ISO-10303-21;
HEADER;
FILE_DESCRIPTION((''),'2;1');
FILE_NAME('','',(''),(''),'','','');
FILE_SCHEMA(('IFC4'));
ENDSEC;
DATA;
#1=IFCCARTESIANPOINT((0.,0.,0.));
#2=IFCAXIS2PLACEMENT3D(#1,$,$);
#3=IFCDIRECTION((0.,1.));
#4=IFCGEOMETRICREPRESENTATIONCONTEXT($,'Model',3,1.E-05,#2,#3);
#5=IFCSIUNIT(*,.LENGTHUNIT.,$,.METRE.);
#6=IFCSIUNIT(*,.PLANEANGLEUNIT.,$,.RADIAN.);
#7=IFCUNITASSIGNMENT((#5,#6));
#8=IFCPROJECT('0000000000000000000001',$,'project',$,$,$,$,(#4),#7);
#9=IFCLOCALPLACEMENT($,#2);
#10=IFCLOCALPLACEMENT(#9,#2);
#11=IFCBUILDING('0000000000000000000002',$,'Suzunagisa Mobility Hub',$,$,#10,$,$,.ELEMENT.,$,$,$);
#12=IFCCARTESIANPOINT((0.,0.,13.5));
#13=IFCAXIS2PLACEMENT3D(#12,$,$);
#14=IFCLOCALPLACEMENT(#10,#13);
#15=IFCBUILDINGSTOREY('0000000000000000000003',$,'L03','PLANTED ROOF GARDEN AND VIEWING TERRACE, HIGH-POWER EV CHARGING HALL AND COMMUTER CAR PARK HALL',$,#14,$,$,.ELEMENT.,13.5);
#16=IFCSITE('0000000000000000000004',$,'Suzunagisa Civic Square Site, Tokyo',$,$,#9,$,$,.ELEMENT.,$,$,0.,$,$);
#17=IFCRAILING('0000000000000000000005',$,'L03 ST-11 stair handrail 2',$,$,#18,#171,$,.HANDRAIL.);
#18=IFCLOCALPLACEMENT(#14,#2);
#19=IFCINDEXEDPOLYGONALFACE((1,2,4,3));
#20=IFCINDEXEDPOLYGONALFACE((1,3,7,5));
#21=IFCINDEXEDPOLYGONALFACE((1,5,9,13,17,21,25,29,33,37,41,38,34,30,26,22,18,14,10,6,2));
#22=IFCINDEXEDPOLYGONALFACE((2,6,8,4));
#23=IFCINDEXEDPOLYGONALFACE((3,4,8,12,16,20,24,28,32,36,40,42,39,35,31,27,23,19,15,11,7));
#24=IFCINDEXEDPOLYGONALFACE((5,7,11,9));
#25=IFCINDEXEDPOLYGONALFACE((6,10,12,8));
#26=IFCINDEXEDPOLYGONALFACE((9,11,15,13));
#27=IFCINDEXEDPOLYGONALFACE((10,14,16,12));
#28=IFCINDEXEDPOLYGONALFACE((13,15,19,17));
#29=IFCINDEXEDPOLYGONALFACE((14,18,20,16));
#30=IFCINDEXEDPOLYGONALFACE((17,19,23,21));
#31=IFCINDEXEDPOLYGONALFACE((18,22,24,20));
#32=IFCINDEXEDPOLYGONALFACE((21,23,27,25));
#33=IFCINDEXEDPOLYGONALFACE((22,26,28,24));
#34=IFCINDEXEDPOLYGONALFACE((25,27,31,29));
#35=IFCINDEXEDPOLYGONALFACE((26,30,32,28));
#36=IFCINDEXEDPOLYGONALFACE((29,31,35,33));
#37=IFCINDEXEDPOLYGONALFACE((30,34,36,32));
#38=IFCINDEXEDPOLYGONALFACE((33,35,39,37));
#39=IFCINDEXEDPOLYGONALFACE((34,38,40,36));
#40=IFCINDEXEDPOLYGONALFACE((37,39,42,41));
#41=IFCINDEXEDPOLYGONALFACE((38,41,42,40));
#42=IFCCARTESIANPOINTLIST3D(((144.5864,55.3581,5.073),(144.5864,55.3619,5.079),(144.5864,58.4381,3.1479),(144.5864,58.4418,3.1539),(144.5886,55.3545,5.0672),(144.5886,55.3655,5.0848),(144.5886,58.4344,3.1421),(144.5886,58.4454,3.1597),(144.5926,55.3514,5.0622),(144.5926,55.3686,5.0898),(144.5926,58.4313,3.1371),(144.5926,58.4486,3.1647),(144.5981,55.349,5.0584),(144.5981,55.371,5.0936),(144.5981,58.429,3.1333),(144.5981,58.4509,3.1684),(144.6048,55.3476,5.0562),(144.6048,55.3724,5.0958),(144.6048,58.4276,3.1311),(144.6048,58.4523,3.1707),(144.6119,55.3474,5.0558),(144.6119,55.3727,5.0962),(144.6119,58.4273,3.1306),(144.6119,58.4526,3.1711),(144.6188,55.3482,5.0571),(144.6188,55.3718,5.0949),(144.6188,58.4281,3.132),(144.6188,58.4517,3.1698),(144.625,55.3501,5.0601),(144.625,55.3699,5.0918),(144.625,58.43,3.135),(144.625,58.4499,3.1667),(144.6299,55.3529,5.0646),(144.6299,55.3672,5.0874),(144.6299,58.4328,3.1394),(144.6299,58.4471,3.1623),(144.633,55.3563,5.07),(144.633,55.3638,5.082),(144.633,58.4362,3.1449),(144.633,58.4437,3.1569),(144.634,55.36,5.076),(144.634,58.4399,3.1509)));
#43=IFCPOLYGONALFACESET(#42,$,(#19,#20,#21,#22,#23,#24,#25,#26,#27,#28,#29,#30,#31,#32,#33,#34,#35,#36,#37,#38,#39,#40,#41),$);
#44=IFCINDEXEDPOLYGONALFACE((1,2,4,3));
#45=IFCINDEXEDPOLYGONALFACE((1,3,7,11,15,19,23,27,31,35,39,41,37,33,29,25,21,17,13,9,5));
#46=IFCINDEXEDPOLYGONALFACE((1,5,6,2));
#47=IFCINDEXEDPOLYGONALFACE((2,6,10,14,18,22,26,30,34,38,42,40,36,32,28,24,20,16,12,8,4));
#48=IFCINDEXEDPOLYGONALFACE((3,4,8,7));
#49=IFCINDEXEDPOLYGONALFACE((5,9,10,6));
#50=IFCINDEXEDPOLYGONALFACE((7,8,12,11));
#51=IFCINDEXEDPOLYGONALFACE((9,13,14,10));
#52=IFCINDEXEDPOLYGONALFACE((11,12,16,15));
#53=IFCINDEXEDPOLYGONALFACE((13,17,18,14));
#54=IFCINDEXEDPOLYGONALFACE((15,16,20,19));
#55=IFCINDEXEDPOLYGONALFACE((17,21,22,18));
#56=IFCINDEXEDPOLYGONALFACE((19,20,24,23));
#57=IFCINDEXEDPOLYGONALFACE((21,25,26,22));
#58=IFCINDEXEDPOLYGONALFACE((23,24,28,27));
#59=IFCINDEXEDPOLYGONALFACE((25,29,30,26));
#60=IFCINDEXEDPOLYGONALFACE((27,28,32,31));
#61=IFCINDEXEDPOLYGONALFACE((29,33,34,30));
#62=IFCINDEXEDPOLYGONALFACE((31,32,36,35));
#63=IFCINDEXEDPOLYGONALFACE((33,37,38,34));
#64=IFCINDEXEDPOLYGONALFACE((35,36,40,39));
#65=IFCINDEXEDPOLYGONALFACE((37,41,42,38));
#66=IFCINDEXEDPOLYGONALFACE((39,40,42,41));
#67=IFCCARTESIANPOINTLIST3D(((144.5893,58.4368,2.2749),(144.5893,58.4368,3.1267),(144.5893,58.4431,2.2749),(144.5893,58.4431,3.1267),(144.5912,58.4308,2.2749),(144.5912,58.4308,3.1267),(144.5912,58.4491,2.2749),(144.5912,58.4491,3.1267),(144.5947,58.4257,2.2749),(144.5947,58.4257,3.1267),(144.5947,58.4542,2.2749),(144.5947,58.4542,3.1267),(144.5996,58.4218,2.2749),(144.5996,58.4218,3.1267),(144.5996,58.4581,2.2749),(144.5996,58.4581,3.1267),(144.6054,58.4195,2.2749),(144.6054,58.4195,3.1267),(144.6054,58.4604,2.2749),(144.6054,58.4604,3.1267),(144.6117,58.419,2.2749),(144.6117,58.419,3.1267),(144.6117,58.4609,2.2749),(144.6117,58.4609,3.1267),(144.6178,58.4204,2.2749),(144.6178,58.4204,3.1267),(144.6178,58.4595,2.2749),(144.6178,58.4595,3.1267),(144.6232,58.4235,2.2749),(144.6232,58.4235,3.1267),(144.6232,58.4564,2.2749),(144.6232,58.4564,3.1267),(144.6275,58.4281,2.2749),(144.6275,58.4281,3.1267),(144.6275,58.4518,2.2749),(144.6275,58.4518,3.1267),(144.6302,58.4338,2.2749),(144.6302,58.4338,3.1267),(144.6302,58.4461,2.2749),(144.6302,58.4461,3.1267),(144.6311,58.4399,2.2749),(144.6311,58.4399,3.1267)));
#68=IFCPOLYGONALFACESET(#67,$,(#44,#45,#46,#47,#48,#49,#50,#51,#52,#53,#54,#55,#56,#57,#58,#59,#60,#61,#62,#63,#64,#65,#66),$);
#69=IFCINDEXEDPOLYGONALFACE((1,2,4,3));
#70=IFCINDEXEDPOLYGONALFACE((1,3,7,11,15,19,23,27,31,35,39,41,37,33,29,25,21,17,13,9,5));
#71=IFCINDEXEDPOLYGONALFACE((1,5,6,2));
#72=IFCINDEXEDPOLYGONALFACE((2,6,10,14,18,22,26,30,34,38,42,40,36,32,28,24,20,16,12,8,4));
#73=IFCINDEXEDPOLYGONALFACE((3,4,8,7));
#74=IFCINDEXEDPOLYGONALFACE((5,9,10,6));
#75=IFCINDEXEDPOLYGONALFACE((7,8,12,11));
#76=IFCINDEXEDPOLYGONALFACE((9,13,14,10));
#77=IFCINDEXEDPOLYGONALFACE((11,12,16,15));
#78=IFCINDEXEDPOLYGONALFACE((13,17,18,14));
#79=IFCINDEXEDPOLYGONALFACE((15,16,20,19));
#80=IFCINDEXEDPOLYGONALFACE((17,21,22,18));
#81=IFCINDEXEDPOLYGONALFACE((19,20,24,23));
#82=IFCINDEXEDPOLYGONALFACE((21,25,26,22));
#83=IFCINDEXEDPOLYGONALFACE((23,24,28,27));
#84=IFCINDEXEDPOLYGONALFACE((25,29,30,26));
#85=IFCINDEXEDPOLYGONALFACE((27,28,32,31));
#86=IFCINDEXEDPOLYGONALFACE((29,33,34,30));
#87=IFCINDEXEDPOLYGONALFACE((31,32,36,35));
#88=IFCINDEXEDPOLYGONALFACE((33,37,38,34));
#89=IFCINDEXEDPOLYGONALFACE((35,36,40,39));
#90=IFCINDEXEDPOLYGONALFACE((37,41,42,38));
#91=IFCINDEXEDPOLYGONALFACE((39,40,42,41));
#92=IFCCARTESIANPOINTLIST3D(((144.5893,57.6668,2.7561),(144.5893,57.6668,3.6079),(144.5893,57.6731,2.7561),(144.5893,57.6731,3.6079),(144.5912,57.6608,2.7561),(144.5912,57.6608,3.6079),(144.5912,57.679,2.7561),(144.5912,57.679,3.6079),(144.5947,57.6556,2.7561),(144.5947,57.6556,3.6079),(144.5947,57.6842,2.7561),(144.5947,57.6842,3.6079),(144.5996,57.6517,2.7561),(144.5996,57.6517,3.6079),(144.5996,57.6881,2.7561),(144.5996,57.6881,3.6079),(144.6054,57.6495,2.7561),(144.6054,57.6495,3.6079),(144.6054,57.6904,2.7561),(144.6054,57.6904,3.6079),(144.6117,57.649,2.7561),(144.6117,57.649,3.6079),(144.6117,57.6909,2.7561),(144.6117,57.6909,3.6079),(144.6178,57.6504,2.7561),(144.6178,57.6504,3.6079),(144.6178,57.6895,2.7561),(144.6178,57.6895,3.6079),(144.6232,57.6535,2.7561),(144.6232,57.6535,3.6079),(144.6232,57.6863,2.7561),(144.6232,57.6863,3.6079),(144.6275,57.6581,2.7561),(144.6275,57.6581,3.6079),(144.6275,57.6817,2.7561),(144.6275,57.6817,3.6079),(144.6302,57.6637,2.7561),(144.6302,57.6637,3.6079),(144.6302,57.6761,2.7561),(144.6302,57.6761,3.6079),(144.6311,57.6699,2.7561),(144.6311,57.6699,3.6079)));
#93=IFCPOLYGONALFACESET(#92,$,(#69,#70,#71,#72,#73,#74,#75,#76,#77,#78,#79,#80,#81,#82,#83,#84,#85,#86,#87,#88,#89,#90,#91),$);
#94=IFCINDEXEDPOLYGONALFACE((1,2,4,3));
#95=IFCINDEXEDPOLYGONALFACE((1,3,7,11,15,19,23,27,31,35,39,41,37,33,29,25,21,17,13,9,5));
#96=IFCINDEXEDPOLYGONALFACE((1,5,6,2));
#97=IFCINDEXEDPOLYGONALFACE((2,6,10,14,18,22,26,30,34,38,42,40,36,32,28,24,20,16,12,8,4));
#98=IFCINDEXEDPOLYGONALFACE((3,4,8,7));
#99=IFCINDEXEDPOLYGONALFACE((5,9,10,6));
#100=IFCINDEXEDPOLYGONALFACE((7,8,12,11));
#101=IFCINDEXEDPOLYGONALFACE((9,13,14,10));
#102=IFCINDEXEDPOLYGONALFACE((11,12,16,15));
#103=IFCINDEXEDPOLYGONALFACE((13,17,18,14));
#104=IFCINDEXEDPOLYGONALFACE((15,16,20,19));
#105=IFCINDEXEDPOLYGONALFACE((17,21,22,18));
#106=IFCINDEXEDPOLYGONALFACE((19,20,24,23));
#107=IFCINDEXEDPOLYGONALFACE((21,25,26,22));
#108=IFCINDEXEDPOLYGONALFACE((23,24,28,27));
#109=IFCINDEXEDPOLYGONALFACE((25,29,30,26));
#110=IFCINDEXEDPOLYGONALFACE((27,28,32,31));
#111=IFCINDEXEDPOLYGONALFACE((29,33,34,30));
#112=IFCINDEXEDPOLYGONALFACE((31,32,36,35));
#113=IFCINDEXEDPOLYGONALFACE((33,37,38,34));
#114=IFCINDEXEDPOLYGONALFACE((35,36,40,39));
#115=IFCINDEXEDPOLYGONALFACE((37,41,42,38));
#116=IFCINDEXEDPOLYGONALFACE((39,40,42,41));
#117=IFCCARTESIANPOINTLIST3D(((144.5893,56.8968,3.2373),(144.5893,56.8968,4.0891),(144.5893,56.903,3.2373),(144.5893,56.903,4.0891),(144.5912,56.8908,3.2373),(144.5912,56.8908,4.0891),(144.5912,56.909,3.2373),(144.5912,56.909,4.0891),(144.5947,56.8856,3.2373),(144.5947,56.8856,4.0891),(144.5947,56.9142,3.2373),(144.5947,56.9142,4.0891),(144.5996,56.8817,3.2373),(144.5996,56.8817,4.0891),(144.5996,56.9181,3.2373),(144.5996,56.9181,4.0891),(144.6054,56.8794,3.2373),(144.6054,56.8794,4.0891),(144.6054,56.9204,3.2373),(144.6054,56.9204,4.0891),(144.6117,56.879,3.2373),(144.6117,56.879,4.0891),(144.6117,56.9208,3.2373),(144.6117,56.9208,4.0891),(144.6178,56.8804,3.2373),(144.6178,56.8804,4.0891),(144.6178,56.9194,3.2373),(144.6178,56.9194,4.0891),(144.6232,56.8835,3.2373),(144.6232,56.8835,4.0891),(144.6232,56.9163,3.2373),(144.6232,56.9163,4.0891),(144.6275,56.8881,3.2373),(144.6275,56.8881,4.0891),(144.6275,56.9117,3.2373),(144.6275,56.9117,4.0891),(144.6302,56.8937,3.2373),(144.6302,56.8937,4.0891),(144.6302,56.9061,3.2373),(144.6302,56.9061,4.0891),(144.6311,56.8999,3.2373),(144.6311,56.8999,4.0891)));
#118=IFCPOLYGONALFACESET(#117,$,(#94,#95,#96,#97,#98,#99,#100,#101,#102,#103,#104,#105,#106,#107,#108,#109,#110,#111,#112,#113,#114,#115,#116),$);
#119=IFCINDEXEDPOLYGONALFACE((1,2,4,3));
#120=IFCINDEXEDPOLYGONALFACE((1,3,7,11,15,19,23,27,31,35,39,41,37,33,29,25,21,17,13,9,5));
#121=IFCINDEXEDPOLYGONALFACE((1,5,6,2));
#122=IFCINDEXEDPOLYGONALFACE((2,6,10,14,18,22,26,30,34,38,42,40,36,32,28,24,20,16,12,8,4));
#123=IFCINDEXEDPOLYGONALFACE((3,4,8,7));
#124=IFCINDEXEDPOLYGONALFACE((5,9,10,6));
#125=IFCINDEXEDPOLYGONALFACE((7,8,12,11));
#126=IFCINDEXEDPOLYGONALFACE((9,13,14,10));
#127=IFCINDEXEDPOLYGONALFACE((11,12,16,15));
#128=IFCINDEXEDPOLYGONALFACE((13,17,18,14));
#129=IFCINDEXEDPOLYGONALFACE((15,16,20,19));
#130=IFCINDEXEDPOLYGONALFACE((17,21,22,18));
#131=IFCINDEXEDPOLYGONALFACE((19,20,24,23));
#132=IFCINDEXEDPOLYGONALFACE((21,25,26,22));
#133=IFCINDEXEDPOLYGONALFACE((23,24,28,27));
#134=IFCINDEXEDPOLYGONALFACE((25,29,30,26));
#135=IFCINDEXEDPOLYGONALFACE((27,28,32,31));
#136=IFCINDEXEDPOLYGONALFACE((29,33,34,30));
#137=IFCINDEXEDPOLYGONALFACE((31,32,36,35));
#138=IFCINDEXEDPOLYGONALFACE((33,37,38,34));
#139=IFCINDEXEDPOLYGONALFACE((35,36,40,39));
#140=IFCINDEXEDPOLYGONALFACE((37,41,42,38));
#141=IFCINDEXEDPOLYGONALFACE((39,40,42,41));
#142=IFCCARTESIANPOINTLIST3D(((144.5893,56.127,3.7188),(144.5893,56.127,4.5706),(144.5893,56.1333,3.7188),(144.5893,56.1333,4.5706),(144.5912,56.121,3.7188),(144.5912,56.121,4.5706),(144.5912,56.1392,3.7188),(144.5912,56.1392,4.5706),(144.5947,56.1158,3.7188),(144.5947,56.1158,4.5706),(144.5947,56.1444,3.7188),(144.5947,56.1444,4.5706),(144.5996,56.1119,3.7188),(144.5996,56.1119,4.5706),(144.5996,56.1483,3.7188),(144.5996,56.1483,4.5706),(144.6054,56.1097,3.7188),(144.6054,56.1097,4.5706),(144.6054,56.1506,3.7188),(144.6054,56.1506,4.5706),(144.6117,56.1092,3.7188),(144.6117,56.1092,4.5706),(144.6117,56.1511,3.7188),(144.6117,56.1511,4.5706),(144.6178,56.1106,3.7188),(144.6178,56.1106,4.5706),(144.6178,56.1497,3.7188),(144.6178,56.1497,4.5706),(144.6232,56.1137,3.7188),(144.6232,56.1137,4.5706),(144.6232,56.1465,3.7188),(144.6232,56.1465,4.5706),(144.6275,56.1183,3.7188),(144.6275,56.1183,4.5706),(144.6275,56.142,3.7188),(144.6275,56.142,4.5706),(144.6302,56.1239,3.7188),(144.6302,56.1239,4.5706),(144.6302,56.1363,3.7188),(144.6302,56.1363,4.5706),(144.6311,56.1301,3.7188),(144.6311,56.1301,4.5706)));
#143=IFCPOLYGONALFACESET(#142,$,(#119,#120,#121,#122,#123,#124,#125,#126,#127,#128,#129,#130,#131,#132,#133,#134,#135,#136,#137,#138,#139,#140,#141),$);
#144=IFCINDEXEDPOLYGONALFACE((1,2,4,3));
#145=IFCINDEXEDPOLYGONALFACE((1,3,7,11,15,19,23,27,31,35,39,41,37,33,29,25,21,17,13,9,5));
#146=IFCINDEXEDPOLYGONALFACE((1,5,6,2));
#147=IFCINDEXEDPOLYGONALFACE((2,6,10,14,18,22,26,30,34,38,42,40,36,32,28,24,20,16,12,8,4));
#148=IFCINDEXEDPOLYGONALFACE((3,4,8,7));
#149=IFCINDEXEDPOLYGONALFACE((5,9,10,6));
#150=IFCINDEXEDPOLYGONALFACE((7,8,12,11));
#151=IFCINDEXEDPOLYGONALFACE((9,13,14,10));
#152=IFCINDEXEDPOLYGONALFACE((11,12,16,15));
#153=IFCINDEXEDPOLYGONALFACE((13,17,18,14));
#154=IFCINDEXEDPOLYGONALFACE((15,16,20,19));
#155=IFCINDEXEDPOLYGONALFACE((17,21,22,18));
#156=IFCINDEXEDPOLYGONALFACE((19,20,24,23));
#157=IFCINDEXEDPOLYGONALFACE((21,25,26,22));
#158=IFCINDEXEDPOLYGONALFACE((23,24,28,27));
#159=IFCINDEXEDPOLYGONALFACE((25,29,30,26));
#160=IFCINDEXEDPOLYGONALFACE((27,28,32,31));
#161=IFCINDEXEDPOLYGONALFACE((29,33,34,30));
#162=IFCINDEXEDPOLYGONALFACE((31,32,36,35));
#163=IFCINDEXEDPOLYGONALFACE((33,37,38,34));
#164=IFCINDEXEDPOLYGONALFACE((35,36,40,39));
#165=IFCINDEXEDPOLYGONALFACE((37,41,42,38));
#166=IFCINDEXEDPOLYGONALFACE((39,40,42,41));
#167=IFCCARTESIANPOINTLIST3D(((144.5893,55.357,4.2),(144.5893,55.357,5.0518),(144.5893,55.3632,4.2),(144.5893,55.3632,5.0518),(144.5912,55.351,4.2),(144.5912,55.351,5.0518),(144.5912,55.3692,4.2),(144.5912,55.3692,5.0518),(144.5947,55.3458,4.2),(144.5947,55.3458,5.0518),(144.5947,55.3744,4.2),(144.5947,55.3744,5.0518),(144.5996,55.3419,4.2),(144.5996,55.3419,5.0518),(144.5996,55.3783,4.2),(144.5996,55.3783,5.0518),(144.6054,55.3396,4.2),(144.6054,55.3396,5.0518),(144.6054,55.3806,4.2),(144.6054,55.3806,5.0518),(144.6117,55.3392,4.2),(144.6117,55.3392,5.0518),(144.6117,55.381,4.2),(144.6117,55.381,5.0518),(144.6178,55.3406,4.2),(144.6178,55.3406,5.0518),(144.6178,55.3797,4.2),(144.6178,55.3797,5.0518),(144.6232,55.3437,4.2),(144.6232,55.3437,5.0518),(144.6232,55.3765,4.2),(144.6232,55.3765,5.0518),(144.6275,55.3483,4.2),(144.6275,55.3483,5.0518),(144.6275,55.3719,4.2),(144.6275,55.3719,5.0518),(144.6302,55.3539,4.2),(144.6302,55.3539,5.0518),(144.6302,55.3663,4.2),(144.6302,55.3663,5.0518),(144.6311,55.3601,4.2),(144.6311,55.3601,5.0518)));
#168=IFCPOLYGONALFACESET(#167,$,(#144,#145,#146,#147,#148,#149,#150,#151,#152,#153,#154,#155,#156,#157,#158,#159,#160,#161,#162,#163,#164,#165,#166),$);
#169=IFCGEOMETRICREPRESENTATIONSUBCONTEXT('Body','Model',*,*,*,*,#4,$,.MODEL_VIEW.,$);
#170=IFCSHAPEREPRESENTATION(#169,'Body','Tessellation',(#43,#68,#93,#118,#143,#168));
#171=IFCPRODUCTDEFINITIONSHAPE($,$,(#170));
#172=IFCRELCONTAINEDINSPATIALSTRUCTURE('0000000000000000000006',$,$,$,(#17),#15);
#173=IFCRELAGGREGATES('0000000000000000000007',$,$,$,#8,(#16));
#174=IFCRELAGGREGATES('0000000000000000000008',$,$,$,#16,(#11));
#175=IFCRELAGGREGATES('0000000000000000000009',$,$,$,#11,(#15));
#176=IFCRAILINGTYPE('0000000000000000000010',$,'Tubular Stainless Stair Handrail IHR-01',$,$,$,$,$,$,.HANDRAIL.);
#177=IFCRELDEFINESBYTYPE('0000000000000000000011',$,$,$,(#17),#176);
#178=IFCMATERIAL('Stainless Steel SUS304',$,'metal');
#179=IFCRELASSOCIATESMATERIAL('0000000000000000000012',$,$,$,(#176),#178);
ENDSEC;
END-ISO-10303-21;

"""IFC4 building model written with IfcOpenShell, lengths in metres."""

from ifc_helpers import new_model, si_unit, direction, frame, origin, origin_2d, place, context, subcontext, project, spatial, circle, extrude, material, type_object, element, save


model = new_model("IFC4")

# Units and contexts
model_context = context("Model", 3, precision=1e-05, world=origin(), true_north=direction((0.0, 1.0)))
body_context = subcontext(model_context, "Body", "Model", "MODEL_VIEW")
ifc_project = project(units=[si_unit("LENGTHUNIT", "METRE"), si_unit("PLANEANGLEUNIT", "RADIAN")], contexts=[model_context])

# Site, building, storey
site_placement = place(None, origin())
site = spatial("IfcSite", under=ifc_project, at=site_placement, Name="Suzunagisa Civic Square Site, Tokyo", CompositionType="ELEMENT", RefElevation=0.0)
building_placement = place(site_placement, origin())
building = spatial("IfcBuilding", under=site, at=building_placement, Name="Suzunagisa Mobility Hub", CompositionType="ELEMENT")
storey_placement = place(building_placement, frame((0.0, 0.0, 13.5)))
storey = spatial("IfcBuildingStorey", under=building, at=storey_placement, Name="L03", Description="PLANTED ROOF GARDEN AND VIEWING TERRACE, HIGH-POWER EV CHARGING HALL AND COMMUTER CAR PARK HALL", CompositionType="ELEMENT", Elevation=13.5)

# Railing
ifc_material_1 = material(Name="Stainless Steel SUS304", Category="metal")
railing_type_1 = type_object("IfcRailingType", Name="Tubular Stainless Stair Handrail IHR-01", PredefinedType="HANDRAIL", material=ifc_material_1)
railing_1_placement = place(storey_placement, frame((144.6101, 58.4399, 2.2749)))
element("IfcRailing", 1, at=railing_1_placement, inside=storey, type_object=railing_type_1, Name="L03 ST-11 stair handrail 2", PredefinedType="HANDRAIL", context=body_context, shape_type="SweptSolid", body=[
    extrude(circle(Radius=0.0239, at=origin_2d()), frame((0.0, 0.0, 0.876), z_axis=(0.0, -0.847979, 0.530029), x_axis=(1.0, 0.0, 0.0)), (0.0, 0.0, 1.0), 3.6321),
    extrude(circle(Radius=0.021, at=origin_2d()), origin(), (0.0, 0.0, 1.0), 0.8518),
    extrude(circle(Radius=0.021, at=origin_2d()), frame((0.0, -0.77, 0.4812)), (0.0, 0.0, 1.0), 0.8518),
    extrude(circle(Radius=0.021, at=origin_2d()), frame((0.0, -1.54, 0.9624)), (0.0, 0.0, 1.0), 0.8518),
    extrude(circle(Radius=0.021, at=origin_2d()), frame((0.0, -2.3098, 1.4438)), (0.0, 0.0, 1.0), 0.8518),
    extrude(circle(Radius=0.021, at=origin_2d()), frame((0.0, -3.0798, 1.925)), (0.0, 0.0, 1.0), 0.8518),
])

save(model, "model.ifc")
